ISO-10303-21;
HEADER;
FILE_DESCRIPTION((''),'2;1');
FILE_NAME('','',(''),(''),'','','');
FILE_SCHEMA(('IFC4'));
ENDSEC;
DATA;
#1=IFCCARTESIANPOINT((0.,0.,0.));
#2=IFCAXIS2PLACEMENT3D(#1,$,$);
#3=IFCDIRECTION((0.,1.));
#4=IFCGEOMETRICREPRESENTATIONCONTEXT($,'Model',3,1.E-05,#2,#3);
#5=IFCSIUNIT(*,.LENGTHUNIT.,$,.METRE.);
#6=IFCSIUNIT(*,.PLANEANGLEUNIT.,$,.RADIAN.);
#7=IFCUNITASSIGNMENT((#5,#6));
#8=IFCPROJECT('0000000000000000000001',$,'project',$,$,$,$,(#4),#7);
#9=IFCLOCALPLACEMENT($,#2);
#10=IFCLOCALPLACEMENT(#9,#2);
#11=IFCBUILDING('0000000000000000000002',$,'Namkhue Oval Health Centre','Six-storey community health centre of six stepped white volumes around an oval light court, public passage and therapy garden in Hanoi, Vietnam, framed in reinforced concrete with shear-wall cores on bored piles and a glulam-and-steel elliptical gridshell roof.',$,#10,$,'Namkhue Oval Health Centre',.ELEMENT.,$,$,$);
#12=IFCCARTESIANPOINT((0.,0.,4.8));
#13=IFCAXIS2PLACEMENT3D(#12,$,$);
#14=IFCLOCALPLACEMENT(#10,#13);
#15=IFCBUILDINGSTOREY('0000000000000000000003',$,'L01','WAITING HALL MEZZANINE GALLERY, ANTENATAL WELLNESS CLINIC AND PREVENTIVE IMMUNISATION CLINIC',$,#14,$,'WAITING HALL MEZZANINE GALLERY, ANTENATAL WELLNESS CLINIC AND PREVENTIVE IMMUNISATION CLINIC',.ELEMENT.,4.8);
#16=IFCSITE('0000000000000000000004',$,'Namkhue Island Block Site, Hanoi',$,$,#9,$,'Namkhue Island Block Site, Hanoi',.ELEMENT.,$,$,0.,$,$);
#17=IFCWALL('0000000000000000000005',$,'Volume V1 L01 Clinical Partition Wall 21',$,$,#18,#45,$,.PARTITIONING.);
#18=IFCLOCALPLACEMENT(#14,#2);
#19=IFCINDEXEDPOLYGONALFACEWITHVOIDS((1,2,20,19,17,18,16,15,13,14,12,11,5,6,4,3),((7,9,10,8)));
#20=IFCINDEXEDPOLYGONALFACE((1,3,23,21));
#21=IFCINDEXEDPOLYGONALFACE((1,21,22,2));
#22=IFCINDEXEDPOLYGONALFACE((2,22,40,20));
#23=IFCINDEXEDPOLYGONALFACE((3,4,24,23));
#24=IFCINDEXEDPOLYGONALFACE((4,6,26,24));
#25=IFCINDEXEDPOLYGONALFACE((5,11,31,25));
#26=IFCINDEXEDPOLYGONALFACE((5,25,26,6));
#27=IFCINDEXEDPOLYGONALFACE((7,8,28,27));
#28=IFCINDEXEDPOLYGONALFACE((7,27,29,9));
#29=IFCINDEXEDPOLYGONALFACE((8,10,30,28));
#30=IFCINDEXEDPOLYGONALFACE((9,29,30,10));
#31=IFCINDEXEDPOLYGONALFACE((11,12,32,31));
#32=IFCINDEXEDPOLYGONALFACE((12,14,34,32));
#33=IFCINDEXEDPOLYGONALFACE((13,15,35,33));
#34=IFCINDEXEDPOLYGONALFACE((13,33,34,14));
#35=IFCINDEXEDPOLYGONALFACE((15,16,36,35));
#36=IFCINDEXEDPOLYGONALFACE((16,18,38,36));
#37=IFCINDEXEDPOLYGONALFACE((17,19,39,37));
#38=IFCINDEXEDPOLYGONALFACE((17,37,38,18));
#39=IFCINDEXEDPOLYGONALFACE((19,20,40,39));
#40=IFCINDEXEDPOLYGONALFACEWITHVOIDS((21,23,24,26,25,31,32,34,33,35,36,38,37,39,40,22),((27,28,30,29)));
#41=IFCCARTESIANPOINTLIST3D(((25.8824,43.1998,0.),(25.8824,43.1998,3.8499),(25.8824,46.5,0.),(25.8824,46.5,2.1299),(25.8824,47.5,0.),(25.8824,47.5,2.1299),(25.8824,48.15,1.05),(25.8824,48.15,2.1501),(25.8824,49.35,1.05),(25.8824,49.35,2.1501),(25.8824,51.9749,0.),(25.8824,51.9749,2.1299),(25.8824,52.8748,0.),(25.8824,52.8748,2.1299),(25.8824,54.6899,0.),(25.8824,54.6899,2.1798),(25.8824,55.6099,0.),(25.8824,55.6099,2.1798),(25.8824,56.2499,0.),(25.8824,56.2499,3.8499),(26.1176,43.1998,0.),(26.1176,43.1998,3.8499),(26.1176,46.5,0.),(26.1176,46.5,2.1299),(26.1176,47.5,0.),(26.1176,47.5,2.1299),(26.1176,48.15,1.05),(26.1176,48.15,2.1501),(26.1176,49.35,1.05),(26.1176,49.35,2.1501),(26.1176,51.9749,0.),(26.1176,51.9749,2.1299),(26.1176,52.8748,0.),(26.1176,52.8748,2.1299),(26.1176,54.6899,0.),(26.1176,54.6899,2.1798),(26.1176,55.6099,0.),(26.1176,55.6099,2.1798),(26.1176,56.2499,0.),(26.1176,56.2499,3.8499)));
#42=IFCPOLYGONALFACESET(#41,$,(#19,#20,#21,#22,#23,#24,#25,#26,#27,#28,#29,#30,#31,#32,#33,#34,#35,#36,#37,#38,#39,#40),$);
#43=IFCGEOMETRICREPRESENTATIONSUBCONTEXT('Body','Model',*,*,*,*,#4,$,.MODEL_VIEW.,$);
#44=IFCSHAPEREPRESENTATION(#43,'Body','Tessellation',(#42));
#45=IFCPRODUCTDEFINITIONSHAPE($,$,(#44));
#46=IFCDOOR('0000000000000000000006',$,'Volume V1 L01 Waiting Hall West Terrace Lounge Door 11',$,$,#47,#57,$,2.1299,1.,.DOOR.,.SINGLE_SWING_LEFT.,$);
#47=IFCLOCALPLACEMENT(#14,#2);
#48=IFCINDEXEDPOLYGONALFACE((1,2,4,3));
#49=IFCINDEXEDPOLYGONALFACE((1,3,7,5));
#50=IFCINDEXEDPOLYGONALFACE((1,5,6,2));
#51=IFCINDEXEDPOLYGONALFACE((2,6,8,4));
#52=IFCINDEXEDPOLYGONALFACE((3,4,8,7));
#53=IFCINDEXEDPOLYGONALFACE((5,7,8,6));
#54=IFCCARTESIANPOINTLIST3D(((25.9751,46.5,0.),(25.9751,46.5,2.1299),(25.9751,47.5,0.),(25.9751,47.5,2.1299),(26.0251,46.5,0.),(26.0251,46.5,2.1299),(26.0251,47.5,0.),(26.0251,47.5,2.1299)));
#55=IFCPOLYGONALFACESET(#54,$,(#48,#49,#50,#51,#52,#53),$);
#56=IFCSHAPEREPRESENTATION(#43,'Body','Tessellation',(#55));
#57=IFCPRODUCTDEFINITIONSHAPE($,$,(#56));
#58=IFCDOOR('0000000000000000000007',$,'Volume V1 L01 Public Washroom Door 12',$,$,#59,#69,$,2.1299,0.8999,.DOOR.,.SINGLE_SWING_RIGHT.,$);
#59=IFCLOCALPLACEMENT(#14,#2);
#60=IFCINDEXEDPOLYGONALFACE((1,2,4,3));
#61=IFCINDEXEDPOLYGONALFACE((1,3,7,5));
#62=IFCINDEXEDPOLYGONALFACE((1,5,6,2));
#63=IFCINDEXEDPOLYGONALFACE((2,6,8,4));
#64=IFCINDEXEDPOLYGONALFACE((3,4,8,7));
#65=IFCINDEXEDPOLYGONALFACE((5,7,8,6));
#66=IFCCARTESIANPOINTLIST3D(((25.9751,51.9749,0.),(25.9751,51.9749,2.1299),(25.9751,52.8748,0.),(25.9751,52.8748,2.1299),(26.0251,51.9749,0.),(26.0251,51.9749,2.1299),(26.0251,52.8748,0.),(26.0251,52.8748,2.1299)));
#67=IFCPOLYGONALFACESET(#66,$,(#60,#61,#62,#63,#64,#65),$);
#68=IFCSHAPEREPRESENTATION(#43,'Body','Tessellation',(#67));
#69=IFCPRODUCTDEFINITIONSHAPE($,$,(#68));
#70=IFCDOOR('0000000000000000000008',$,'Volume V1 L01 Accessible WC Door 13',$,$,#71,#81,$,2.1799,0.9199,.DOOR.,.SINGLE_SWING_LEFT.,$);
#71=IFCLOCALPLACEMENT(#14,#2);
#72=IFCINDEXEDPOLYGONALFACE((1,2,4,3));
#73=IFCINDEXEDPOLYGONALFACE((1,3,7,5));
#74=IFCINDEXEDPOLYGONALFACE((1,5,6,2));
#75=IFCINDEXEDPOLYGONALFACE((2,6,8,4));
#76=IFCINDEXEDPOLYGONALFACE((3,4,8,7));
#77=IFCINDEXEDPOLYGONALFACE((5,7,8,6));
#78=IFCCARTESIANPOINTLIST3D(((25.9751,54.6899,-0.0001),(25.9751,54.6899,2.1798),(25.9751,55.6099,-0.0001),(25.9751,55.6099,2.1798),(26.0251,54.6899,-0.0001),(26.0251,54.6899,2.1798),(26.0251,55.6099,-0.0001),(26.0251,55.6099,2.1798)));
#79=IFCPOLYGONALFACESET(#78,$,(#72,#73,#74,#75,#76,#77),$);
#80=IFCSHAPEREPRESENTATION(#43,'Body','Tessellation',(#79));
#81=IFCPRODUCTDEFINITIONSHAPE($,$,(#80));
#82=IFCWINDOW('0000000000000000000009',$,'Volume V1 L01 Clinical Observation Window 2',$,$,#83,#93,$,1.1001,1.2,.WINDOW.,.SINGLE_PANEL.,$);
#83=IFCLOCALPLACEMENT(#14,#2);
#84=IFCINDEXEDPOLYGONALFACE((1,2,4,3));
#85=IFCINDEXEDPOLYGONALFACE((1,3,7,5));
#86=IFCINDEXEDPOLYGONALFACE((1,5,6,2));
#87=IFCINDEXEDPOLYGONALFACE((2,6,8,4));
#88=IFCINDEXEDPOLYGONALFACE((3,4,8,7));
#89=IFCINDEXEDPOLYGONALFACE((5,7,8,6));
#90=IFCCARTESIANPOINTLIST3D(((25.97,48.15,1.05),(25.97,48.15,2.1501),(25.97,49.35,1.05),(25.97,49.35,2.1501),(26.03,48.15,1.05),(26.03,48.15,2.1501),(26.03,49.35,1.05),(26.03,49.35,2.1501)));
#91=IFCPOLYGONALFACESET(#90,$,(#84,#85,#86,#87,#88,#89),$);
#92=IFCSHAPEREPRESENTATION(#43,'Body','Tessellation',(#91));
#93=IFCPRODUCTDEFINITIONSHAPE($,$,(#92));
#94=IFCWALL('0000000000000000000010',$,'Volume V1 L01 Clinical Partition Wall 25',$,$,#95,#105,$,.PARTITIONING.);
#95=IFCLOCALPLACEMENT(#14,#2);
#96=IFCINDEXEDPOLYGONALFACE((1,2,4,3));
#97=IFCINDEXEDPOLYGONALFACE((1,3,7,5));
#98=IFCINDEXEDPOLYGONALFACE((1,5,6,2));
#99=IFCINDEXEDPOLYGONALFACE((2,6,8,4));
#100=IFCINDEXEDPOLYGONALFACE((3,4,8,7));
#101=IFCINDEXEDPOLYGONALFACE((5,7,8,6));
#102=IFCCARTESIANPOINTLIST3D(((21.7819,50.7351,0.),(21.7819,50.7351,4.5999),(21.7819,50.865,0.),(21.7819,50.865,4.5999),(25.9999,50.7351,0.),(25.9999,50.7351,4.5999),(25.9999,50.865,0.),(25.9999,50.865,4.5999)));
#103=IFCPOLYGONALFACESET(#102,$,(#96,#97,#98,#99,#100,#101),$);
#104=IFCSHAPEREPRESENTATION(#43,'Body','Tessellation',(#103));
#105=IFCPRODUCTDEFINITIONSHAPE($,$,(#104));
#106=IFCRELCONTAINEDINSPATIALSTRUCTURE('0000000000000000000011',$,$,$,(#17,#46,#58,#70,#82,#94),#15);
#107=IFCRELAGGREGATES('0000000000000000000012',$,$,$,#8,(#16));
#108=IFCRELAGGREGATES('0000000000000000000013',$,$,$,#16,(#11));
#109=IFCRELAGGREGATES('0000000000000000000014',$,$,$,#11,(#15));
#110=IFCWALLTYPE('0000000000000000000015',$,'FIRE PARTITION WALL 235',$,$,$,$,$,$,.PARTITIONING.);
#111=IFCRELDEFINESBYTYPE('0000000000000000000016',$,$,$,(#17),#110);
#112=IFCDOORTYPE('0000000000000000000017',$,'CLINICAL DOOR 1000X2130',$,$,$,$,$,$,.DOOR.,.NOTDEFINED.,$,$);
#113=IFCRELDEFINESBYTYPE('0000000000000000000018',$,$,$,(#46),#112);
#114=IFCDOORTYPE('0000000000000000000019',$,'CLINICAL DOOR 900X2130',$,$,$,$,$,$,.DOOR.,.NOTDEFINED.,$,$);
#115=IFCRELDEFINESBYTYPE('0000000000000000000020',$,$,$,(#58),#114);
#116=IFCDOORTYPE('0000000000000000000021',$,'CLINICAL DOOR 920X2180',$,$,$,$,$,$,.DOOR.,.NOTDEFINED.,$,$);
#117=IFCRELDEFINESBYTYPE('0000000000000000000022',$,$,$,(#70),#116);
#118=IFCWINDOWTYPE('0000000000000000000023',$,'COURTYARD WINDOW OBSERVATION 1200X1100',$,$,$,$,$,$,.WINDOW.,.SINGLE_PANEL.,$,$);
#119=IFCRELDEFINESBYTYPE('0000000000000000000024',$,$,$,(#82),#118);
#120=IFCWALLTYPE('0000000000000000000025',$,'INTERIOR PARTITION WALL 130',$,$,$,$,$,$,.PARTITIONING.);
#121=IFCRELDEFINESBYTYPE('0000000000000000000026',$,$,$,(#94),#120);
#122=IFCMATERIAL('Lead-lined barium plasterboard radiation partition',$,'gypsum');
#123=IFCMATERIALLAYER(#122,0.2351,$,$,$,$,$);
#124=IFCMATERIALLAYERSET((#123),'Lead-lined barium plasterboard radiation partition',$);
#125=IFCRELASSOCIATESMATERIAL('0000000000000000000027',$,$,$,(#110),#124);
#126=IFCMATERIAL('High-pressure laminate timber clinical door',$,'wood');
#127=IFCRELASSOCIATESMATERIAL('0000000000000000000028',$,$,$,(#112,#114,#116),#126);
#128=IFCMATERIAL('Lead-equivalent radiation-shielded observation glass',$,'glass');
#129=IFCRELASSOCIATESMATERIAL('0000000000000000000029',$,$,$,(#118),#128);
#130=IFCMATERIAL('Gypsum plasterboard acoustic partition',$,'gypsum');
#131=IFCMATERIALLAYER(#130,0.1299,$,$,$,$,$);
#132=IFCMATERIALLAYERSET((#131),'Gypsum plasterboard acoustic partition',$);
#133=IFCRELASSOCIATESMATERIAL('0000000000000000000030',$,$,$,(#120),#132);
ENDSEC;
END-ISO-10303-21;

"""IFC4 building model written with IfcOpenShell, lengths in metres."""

from ifc_helpers import new_model, si_unit, direction, frame, frame_2d, origin, place, context, subcontext, project, spatial, rectangle, extrude, material, layer, layer_set, type_object, element, fill, save


model = new_model("IFC4")

# Units and contexts
model_context = context("Model", 3, precision=1e-05, world=origin(), true_north=direction((0.0, 1.0)))
body_context = subcontext(model_context, "Body", "Model", "MODEL_VIEW")
ifc_project = project(units=[si_unit("LENGTHUNIT", "METRE"), si_unit("PLANEANGLEUNIT", "RADIAN")], contexts=[model_context])

# Site, building, storey
site_placement = place(None, origin())
site = spatial("IfcSite", under=ifc_project, at=site_placement, Name="Namkhue Island Block Site, Hanoi", LongName="Namkhue Island Block Site, Hanoi", CompositionType="ELEMENT", RefElevation=0.0)
building_placement = place(site_placement, origin())
building = spatial("IfcBuilding", under=site, at=building_placement, Name="Namkhue Oval Health Centre", Description="Six-storey community health centre of six stepped white volumes around an oval light court, public passage and therapy garden in Hanoi, Vietnam, framed in reinforced concrete with shear-wall cores on bored piles and a glulam-and-steel elliptical gridshell roof.", LongName="Namkhue Oval Health Centre", CompositionType="ELEMENT")
storey_placement = place(building_placement, frame((0.0, 0.0, 4.8)))
storey = spatial("IfcBuildingStorey", under=building, at=storey_placement, Name="L01", Description="WAITING HALL MEZZANINE GALLERY, ANTENATAL WELLNESS CLINIC AND PREVENTIVE IMMUNISATION CLINIC", LongName="WAITING HALL MEZZANINE GALLERY, ANTENATAL WELLNESS CLINIC AND PREVENTIVE IMMUNISATION CLINIC", CompositionType="ELEMENT", Elevation=4.8)

# Shared definitions
ifc_material_1 = material(Name="Gypsum plasterboard acoustic partition", Category="gypsum")

# Wall, openings, doors, window
ifc_material_2 = material(Name="Lead-lined barium plasterboard radiation partition", Category="gypsum")
ifc_layer_1 = layer(ifc_material_2, 0.2351)
ifc_layer_set_1 = layer_set([ifc_layer_1], Name="Lead-lined barium plasterboard radiation partition")
wall_type_1 = type_object("IfcWallType", Name="FIRE PARTITION WALL 235", PredefinedType="PARTITIONING", material=ifc_layer_set_1)
wall_1_placement = place(storey_placement, frame((26.0, 43.2, 0.0), z_axis=(0.0, 0.0, 1.0), x_axis=(0.0, 1.0, 0.0)))
wall_1 = element("IfcWall", 1, at=wall_1_placement, inside=storey, type_object=wall_type_1, Name="Volume V1 L01 Clinical Partition Wall 21", PredefinedType="PARTITIONING", context=body_context, shape_type="SweptSolid", body=[
    extrude(rectangle(XDim=13.05, YDim=0.2351, at=frame_2d((6.5249, 0.0))), origin(), (0.0, 0.0, 1.0), 3.8499),
])
opening_1_placement = place(wall_1_placement, frame((3.3, 0.0, 0.0)))
opening_1 = element("IfcOpeningElement", 2, at=opening_1_placement, cuts=wall_1, PredefinedType="OPENING", context=body_context, shape_type="SweptSolid", body=[
    extrude(rectangle(XDim=1.0, YDim=2.1299, at=frame_2d((0.5, 1.0649))), frame((0.0, 0.1274, 0.0), z_axis=(0.0, -1.0, 0.0), x_axis=(1.0, 0.0, 0.0)), (0.0, 0.0, 1.0), 0.2551),
])
opening_2_placement = place(wall_1_placement, frame((4.95, 0.0, 1.05)))
opening_2 = element("IfcOpeningElement", 3, at=opening_2_placement, cuts=wall_1, PredefinedType="OPENING", context=body_context, shape_type="SweptSolid", body=[
    extrude(rectangle(XDim=1.2, YDim=1.1001, at=frame_2d((0.6001, 0.55))), frame((0.0, 0.1274, 0.0), z_axis=(0.0, -1.0, 0.0), x_axis=(1.0, 0.0, 0.0)), (0.0, 0.0, 1.0), 0.2551),
])
opening_3_placement = place(wall_1_placement, frame((8.7749, 0.0, 0.0)))
opening_3 = element("IfcOpeningElement", 4, at=opening_3_placement, cuts=wall_1, PredefinedType="OPENING", context=body_context, shape_type="SweptSolid", body=[
    extrude(rectangle(XDim=0.8999, YDim=2.1299, at=frame_2d((0.45, 1.0649))), frame((0.0, 0.1274, 0.0), z_axis=(0.0, -1.0, 0.0), x_axis=(1.0, 0.0, 0.0)), (0.0, 0.0, 1.0), 0.2551),
])
opening_4_placement = place(wall_1_placement, frame((11.49, 0.0, 0.0)))
opening_4 = element("IfcOpeningElement", 5, at=opening_4_placement, cuts=wall_1, PredefinedType="OPENING", context=body_context, shape_type="SweptSolid", body=[
    extrude(rectangle(XDim=0.9199, YDim=2.1799, at=frame_2d((0.46, 1.0898))), frame((0.0, 0.1274, 0.0), z_axis=(0.0, -1.0, 0.0), x_axis=(1.0, 0.0, 0.0)), (0.0, 0.0, 1.0), 0.2551),
])
ifc_material_3 = material(Name="High-pressure laminate timber clinical door", Category="wood")
door_type_1 = type_object("IfcDoorType", Name="CLINICAL DOOR 1000X2130", OperationType="NOTDEFINED", PredefinedType="DOOR", material=ifc_material_3)
door_1_placement = place(opening_1_placement, origin())
door_1 = element("IfcDoor", 6, at=door_1_placement, inside=storey, type_object=door_type_1, Name="Volume V1 L01 Waiting Hall West Terrace Lounge Door 11", OperationType="SINGLE_SWING_LEFT", OverallHeight=2.1299, OverallWidth=1.0, PredefinedType="DOOR", context=body_context, shape_type="SweptSolid", body=[
    extrude(rectangle(XDim=1.0, YDim=2.1299, at=frame_2d((0.5, 1.0649))), frame((0.0, 0.0249, 0.0), z_axis=(0.0, -1.0, 0.0), x_axis=(1.0, 0.0, 0.0)), (0.0, 0.0, 1.0), 0.05),
])
fill(opening_1, door_1)
door_type_2 = type_object("IfcDoorType", Name="CLINICAL DOOR 900X2130", OperationType="NOTDEFINED", PredefinedType="DOOR", material=ifc_material_3)
door_2_placement = place(opening_3_placement, origin())
door_2 = element("IfcDoor", 7, at=door_2_placement, inside=storey, type_object=door_type_2, Name="Volume V1 L01 Public Washroom Door 12", OperationType="SINGLE_SWING_RIGHT", OverallHeight=2.1299, OverallWidth=0.8999, PredefinedType="DOOR", context=body_context, shape_type="SweptSolid", body=[
    extrude(rectangle(XDim=0.8999, YDim=2.1299, at=frame_2d((0.45, 1.0649))), frame((0.0, 0.0249, 0.0), z_axis=(0.0, -1.0, 0.0), x_axis=(1.0, 0.0, 0.0)), (0.0, 0.0, 1.0), 0.05),
])
fill(opening_3, door_2)
door_type_3 = type_object("IfcDoorType", Name="CLINICAL DOOR 920X2180", OperationType="NOTDEFINED", PredefinedType="DOOR", material=ifc_material_3)
door_3_placement = place(opening_4_placement, origin())
door_3 = element("IfcDoor", 8, at=door_3_placement, inside=storey, type_object=door_type_3, Name="Volume V1 L01 Accessible WC Door 13", OperationType="SINGLE_SWING_LEFT", OverallHeight=2.1799, OverallWidth=0.9199, PredefinedType="DOOR", context=body_context, shape_type="SweptSolid", body=[
    extrude(rectangle(XDim=0.9199, YDim=2.1799, at=frame_2d((0.46, 1.0898))), frame((0.0, 0.0249, 0.0), z_axis=(0.0, -1.0, 0.0), x_axis=(1.0, 0.0, 0.0)), (0.0, 0.0, 1.0), 0.05),
])
fill(opening_4, door_3)
ifc_material_4 = material(Name="Lead-equivalent radiation-shielded observation glass", Category="glass")
window_type = type_object("IfcWindowType", Name="COURTYARD WINDOW OBSERVATION 1200X1100", PartitioningType="SINGLE_PANEL", PredefinedType="WINDOW", material=ifc_material_4)
window_placement = place(opening_2_placement, origin())
window = element("IfcWindow", 9, at=window_placement, inside=storey, type_object=window_type, Name="Volume V1 L01 Clinical Observation Window 2", OverallHeight=1.1001, OverallWidth=1.2, PartitioningType="SINGLE_PANEL", PredefinedType="WINDOW", context=body_context, shape_type="SweptSolid", body=[
    extrude(rectangle(XDim=1.2, YDim=1.1001, at=frame_2d((0.6001, 0.55))), frame((0.0, 0.03, 0.0), z_axis=(0.0, -1.0, 0.0), x_axis=(1.0, 0.0, 0.0)), (0.0, 0.0, 1.0), 0.0601),
])
fill(opening_2, window)

# Wall
ifc_layer_2 = layer(ifc_material_1, 0.1299)
ifc_layer_set_2 = layer_set([ifc_layer_2], Name="Gypsum plasterboard acoustic partition")
wall_type_2 = type_object("IfcWallType", Name="INTERIOR PARTITION WALL 130", PredefinedType="PARTITIONING", material=ifc_layer_set_2)
wall_2_placement = place(storey_placement, frame((21.782, 50.8, 0.0), z_axis=(0.0, 0.0, 1.0), x_axis=(1.0, 0.0, 0.0)))
element("IfcWall", 10, at=wall_2_placement, inside=storey, type_object=wall_type_2, Name="Volume V1 L01 Clinical Partition Wall 25", PredefinedType="PARTITIONING", context=body_context, shape_type="SweptSolid", body=[
    extrude(rectangle(XDim=4.218, YDim=0.1299, at=frame_2d((2.1089, 0.0))), origin(), (0.0, 0.0, 1.0), 4.5999),
])

save(model, "model.ifc")
